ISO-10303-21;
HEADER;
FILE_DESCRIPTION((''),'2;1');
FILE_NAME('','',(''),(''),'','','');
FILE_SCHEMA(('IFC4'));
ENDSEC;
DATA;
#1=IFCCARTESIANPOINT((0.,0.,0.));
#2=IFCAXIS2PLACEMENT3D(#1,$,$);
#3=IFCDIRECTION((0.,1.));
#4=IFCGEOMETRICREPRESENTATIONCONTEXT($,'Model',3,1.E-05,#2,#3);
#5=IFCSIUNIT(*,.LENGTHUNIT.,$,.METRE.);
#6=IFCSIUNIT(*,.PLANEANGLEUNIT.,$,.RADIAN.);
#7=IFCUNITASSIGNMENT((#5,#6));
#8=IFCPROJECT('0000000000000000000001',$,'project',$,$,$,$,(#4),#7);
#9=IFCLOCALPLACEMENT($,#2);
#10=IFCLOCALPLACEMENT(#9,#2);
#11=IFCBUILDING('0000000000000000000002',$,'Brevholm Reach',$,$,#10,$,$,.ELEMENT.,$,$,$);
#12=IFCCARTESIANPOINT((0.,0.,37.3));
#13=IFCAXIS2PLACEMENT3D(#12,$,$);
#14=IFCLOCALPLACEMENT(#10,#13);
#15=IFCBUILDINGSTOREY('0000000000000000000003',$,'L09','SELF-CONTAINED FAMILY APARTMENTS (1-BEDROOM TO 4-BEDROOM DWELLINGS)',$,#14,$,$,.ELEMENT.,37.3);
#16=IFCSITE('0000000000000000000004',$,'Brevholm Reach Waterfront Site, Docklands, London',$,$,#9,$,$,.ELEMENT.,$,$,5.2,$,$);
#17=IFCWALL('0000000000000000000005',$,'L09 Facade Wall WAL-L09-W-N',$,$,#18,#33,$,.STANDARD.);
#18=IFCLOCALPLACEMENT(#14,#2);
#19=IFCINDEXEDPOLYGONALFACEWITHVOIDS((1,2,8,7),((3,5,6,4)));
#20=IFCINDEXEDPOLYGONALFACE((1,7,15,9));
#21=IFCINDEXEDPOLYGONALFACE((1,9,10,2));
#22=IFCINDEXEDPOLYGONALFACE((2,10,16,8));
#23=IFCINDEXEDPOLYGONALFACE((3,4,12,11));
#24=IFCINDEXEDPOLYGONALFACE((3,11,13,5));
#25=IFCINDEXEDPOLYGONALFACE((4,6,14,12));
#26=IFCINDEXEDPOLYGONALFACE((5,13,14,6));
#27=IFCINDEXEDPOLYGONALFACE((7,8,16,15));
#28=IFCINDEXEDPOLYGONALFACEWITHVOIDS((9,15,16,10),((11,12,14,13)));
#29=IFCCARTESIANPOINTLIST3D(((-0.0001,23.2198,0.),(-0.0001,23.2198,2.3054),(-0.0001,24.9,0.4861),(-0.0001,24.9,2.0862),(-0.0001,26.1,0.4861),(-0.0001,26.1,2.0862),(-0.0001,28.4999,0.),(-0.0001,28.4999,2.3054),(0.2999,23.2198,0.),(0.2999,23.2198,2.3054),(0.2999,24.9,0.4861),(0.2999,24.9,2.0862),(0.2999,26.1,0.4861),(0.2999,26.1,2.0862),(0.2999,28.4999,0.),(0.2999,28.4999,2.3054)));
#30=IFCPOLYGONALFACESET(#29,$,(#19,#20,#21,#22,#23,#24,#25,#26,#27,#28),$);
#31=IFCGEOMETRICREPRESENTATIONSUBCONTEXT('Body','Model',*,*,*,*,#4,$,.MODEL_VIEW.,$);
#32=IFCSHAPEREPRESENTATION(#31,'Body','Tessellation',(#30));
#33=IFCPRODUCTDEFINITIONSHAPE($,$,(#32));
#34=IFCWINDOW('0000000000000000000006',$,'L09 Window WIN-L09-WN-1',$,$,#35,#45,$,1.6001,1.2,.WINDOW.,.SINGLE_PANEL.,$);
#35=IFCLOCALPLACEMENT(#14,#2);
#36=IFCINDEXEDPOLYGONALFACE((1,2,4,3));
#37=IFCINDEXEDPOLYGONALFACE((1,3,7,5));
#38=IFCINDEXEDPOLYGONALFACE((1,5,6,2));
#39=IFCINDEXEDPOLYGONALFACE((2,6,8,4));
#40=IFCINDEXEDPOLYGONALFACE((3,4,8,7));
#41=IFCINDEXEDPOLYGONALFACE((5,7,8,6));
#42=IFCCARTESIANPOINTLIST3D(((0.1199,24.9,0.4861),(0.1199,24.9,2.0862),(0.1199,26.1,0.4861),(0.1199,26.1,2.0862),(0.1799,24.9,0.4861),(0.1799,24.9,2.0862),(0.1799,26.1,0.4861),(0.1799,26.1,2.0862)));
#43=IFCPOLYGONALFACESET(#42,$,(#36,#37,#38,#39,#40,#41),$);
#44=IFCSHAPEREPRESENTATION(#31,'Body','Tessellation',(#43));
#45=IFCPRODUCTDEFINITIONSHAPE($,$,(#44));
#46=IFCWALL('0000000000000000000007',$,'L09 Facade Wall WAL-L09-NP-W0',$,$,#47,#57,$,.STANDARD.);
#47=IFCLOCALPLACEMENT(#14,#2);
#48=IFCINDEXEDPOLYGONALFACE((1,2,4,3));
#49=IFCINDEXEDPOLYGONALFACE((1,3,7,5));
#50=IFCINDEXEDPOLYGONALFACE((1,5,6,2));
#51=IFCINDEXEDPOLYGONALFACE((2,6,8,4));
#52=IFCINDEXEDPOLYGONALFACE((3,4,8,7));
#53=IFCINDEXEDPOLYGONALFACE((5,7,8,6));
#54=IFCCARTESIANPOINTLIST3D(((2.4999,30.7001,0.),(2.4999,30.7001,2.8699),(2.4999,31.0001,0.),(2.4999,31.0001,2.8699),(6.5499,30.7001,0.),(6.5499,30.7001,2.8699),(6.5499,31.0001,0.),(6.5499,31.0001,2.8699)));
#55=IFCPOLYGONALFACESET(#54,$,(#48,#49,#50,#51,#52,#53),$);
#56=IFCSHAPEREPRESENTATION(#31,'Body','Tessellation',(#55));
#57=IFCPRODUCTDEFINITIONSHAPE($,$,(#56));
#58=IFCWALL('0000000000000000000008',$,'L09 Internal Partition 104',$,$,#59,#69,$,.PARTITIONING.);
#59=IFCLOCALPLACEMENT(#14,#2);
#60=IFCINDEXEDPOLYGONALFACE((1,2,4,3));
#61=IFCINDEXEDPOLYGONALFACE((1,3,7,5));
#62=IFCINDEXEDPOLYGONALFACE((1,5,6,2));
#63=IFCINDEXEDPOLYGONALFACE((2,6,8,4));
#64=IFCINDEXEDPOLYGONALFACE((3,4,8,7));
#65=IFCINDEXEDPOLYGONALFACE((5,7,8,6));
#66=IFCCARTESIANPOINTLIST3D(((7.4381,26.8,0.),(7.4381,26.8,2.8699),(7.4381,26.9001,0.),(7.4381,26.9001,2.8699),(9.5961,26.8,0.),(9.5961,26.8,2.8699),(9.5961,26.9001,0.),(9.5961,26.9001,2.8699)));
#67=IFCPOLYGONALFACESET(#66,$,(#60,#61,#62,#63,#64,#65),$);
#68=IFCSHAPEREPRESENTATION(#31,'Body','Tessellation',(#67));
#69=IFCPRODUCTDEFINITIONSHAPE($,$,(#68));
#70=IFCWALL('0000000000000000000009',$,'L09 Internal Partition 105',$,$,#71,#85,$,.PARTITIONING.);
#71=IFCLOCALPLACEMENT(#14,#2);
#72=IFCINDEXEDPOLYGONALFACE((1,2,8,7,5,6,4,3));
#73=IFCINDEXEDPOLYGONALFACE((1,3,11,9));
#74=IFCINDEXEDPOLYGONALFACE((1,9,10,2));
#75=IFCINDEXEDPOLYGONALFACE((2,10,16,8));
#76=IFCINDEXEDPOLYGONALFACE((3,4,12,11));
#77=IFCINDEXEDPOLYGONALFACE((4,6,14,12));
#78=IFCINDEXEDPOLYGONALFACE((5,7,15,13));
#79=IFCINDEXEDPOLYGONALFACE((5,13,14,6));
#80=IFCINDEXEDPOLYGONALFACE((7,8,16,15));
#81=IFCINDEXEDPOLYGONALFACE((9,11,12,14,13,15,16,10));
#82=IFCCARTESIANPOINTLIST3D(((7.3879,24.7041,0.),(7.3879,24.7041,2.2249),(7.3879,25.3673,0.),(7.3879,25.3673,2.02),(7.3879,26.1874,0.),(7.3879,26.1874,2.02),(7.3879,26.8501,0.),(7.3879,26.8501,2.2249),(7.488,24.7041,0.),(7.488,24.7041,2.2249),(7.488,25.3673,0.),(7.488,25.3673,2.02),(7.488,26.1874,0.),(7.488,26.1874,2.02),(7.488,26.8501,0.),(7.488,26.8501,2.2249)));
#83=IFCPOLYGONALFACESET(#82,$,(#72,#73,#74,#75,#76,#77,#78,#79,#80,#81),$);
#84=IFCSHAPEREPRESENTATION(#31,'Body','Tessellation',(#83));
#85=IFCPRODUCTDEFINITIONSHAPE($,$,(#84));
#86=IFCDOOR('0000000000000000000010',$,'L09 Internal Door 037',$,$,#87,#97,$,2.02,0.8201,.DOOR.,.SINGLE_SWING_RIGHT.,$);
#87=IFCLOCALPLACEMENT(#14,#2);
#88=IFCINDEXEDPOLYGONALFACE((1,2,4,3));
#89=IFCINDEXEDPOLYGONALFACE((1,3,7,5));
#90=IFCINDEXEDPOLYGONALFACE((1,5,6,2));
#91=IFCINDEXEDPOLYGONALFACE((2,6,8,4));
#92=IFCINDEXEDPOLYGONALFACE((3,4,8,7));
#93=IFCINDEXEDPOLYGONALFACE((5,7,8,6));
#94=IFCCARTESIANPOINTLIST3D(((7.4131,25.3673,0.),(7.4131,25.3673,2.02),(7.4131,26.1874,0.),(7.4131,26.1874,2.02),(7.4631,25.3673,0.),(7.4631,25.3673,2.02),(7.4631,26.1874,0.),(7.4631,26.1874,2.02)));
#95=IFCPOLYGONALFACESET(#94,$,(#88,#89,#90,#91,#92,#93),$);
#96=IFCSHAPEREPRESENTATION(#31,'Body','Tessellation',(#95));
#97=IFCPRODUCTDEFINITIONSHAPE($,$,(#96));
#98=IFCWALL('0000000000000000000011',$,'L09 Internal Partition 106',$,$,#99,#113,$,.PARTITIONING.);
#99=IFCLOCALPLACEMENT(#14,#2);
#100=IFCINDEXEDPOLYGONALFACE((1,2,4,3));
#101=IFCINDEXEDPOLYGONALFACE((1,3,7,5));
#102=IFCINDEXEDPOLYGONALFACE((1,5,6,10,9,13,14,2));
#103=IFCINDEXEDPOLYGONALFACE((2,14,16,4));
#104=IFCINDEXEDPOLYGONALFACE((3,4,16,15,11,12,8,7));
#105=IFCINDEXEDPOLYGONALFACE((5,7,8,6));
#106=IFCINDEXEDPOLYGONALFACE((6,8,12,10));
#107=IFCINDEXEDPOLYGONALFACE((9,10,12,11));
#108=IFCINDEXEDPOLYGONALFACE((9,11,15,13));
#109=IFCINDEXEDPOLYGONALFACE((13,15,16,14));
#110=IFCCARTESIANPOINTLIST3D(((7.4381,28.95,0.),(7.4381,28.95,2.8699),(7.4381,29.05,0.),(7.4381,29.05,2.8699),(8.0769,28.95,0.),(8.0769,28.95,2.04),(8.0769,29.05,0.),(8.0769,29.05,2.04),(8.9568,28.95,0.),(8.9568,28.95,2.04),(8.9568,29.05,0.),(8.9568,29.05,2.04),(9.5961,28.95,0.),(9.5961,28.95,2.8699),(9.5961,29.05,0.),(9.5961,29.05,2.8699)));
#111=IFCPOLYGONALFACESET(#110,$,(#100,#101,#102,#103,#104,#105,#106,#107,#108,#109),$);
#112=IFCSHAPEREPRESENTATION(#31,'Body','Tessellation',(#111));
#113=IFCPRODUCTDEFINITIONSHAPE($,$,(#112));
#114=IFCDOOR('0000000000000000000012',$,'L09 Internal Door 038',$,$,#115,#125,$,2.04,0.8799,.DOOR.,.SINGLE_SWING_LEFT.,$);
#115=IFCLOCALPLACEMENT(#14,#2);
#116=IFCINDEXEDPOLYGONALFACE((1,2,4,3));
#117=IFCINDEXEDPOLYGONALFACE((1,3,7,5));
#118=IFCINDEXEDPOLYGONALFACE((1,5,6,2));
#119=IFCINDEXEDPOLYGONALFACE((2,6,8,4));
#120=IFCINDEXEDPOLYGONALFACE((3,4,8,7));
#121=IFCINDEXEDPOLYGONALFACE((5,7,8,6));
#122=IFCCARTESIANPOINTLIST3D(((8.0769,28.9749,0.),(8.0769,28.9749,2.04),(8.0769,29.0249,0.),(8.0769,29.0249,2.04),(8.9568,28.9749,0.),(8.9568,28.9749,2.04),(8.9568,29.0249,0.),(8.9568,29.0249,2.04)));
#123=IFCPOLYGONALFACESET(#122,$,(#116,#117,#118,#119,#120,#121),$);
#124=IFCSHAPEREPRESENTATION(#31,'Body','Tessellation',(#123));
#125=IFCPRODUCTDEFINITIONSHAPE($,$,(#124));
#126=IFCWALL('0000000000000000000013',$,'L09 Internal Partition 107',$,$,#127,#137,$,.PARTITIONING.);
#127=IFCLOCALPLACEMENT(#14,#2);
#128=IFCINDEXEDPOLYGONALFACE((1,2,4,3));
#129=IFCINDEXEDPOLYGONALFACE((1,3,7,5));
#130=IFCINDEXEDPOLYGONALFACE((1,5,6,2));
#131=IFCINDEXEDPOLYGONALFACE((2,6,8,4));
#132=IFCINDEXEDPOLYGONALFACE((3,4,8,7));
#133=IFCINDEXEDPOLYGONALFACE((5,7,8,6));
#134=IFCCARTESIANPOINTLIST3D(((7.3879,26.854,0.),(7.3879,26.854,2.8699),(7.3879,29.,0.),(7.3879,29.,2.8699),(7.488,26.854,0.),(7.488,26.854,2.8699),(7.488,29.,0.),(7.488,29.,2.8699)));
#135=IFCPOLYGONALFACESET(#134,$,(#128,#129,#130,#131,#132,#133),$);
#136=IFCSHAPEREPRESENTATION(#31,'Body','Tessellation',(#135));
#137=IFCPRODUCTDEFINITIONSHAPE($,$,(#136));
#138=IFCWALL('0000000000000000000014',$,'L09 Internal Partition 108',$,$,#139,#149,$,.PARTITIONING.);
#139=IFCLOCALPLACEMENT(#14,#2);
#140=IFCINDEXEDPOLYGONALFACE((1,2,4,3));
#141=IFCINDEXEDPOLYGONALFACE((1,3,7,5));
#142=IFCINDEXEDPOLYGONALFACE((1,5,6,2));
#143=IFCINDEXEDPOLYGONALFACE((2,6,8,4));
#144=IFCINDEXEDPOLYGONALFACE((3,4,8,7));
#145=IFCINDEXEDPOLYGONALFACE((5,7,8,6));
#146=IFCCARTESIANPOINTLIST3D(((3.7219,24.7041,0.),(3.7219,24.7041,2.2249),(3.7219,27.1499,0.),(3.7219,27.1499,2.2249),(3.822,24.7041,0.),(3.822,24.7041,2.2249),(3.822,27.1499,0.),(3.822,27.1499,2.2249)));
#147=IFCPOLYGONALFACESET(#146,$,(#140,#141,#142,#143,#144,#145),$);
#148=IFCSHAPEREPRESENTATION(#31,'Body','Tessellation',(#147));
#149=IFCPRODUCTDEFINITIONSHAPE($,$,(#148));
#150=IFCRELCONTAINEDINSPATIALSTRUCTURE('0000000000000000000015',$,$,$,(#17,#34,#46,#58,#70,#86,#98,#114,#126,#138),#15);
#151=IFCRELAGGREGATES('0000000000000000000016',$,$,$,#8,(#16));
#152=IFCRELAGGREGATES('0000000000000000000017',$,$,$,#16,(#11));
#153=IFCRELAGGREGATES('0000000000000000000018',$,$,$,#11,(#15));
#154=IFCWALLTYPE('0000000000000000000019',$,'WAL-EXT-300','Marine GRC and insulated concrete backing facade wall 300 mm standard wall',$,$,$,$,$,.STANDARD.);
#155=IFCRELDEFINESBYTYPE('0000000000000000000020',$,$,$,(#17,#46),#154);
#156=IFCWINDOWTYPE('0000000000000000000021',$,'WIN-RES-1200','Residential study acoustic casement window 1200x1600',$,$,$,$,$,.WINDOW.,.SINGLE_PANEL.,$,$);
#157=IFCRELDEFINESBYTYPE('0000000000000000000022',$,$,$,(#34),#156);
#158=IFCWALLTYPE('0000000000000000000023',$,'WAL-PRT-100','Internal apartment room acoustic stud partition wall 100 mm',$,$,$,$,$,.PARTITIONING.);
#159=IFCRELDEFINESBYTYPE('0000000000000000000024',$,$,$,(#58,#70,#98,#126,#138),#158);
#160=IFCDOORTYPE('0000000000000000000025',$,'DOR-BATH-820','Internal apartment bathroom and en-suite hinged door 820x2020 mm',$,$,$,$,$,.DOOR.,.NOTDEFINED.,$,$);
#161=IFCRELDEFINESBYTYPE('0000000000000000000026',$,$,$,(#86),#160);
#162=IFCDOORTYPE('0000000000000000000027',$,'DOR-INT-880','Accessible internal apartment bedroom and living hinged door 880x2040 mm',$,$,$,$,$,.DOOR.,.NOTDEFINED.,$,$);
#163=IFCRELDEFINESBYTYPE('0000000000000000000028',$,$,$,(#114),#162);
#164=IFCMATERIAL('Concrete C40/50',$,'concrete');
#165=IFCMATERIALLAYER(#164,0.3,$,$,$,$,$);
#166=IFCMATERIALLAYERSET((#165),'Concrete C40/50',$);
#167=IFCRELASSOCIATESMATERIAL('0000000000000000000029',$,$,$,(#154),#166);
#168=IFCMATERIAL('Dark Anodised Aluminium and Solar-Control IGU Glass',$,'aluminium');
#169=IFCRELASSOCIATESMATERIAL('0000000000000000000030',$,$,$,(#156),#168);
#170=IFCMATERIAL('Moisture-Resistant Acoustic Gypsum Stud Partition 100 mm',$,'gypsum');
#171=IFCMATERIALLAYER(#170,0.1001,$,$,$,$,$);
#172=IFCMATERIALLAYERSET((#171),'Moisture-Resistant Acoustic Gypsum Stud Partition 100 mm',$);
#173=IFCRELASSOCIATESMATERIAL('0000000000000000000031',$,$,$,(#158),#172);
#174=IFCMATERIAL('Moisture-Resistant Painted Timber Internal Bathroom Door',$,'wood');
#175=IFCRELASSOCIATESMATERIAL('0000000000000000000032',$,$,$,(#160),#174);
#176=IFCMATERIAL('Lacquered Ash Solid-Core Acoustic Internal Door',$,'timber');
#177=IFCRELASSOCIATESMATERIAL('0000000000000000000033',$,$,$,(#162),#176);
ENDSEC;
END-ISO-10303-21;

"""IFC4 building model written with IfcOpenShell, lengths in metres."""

from ifc_helpers import new_model, si_unit, direction, frame, frame_2d, origin, place, context, subcontext, project, spatial, rectangle, extrude, material, layer, layer_set, type_object, element, fill, save


model = new_model("IFC4")

# Units and contexts
model_context = context("Model", 3, precision=1e-05, world=origin(), true_north=direction((0.0, 1.0)))
body_context = subcontext(model_context, "Body", "Model", "MODEL_VIEW")
ifc_project = project(units=[si_unit("LENGTHUNIT", "METRE"), si_unit("PLANEANGLEUNIT", "RADIAN")], contexts=[model_context])

# Site, building, storey
site_placement = place(None, origin())
site = spatial("IfcSite", under=ifc_project, at=site_placement, Name="Brevholm Reach Waterfront Site, Docklands, London", CompositionType="ELEMENT", RefElevation=5.2)
building_placement = place(site_placement, origin())
building = spatial("IfcBuilding", under=site, at=building_placement, Name="Brevholm Reach", CompositionType="ELEMENT")
storey_placement = place(building_placement, frame((0.0, 0.0, 37.3)))
storey = spatial("IfcBuildingStorey", under=building, at=storey_placement, Name="L09", Description="SELF-CONTAINED FAMILY APARTMENTS (1-BEDROOM TO 4-BEDROOM DWELLINGS)", CompositionType="ELEMENT", Elevation=37.3)

# Shared definitions
ifc_material_1 = material(Name="Concrete C40/50", Category="concrete")
ifc_layer_1 = layer(ifc_material_1, 0.3)
ifc_layer_set_1 = layer_set([ifc_layer_1], Name="Concrete C40/50")
wall_type_1 = type_object("IfcWallType", Name="WAL-EXT-300", Description="Marine GRC and insulated concrete backing facade wall 300 mm standard wall", PredefinedType="STANDARD", material=ifc_layer_set_1)

# Wall, opening, window
wall_1_placement = place(storey_placement, frame((0.1499, 28.5, 0.0), z_axis=(0.0, 0.0, 1.0), x_axis=(0.0, -1.0, 0.0)))
wall_1 = element("IfcWall", 1, at=wall_1_placement, inside=storey, type_object=wall_type_1, Name="L09 Facade Wall WAL-L09-W-N", PredefinedType="STANDARD", context=body_context, shape_type="SweptSolid", body=[
    extrude(rectangle(XDim=5.28, YDim=0.3, at=frame_2d((2.6401, 0.0))), origin(), (0.0, 0.0, 1.0), 2.3054),
])
opening_1_placement = place(wall_1_placement, frame((2.3999, 0.0, 0.4861)))
opening_1 = element("IfcOpeningElement", 2, at=opening_1_placement, cuts=wall_1, PredefinedType="OPENING", context=body_context, shape_type="SweptSolid", body=[
    extrude(rectangle(XDim=1.2, YDim=1.6001, at=frame_2d((0.6001, 0.8))), frame((0.0, 0.1599, 0.0), z_axis=(0.0, -1.0, 0.0), x_axis=(1.0, 0.0, 0.0)), (0.0, 0.0, 1.0), 0.3201),
])
ifc_material_2 = material(Name="Dark Anodised Aluminium and Solar-Control IGU Glass", Category="aluminium")
window_type = type_object("IfcWindowType", Name="WIN-RES-1200", Description="Residential study acoustic casement window 1200x1600", PartitioningType="SINGLE_PANEL", PredefinedType="WINDOW", material=ifc_material_2)
window_placement = place(opening_1_placement, origin())
window = element("IfcWindow", 3, at=window_placement, inside=storey, type_object=window_type, Name="L09 Window WIN-L09-WN-1", OverallHeight=1.6001, OverallWidth=1.2, PartitioningType="SINGLE_PANEL", PredefinedType="WINDOW", context=body_context, shape_type="SweptSolid", body=[
    extrude(rectangle(XDim=1.2, YDim=1.6001, at=frame_2d((0.6001, 0.8))), frame((0.0, 0.03, 0.0), z_axis=(0.0, -1.0, 0.0), x_axis=(1.0, 0.0, 0.0)), (0.0, 0.0, 1.0), 0.0601),
])
fill(opening_1, window)

# Walls
wall_2_placement = place(storey_placement, frame((2.5, 30.8501, 0.0), z_axis=(0.0, 0.0, 1.0), x_axis=(1.0, 0.0, 0.0)))
element("IfcWall", 4, at=wall_2_placement, inside=storey, type_object=wall_type_1, Name="L09 Facade Wall WAL-L09-NP-W0", PredefinedType="STANDARD", context=body_context, shape_type="SweptSolid", body=[
    extrude(rectangle(XDim=4.05, YDim=0.3, at=frame_2d((2.0249, 0.0))), origin(), (0.0, 0.0, 1.0), 2.8699),
])
ifc_material_3 = material(Name="Moisture-Resistant Acoustic Gypsum Stud Partition 100 mm", Category="gypsum")
ifc_layer_2 = layer(ifc_material_3, 0.1001)
ifc_layer_set_2 = layer_set([ifc_layer_2], Name="Moisture-Resistant Acoustic Gypsum Stud Partition 100 mm")
wall_type_2 = type_object("IfcWallType", Name="WAL-PRT-100", Description="Internal apartment room acoustic stud partition wall 100 mm", PredefinedType="PARTITIONING", material=ifc_layer_set_2)
wall_3_placement = place(storey_placement, frame((7.438, 26.8501, 0.0), z_axis=(0.0, 0.0, 1.0), x_axis=(1.0, 0.0, 0.0)))
element("IfcWall", 5, at=wall_3_placement, inside=storey, type_object=wall_type_2, Name="L09 Internal Partition 104", PredefinedType="PARTITIONING", context=body_context, shape_type="SweptSolid", body=[
    extrude(rectangle(XDim=2.158, YDim=0.1001, at=frame_2d((1.0791, 0.0))), origin(), (0.0, 0.0, 1.0), 2.8699),
])

# Walls, openings, doors
wall_4_placement = place(storey_placement, frame((7.438, 24.7041, 0.0), z_axis=(0.0, 0.0, 1.0), x_axis=(0.0, 1.0, 0.0)))
wall_4 = element("IfcWall", 6, at=wall_4_placement, inside=storey, type_object=wall_type_2, Name="L09 Internal Partition 105", PredefinedType="PARTITIONING", context=body_context, shape_type="SweptSolid", body=[
    extrude(rectangle(XDim=2.146, YDim=0.1001, at=frame_2d((1.073, 0.0))), origin(), (0.0, 0.0, 1.0), 2.2249),
])
opening_2_placement = place(wall_4_placement, frame((0.6631, 0.0, 0.0)))
opening_2 = element("IfcOpeningElement", 7, at=opening_2_placement, cuts=wall_4, PredefinedType="OPENING", context=body_context, shape_type="SweptSolid", body=[
    extrude(rectangle(XDim=0.8201, YDim=2.02, at=frame_2d((0.4102, 1.01))), frame((0.0, 0.0601, 0.0), z_axis=(0.0, -1.0, 0.0), x_axis=(1.0, 0.0, 0.0)), (0.0, 0.0, 1.0), 0.1201),
])
ifc_material_4 = material(Name="Moisture-Resistant Painted Timber Internal Bathroom Door", Category="wood")
door_type_1 = type_object("IfcDoorType", Name="DOR-BATH-820", Description="Internal apartment bathroom and en-suite hinged door 820x2020 mm", OperationType="NOTDEFINED", PredefinedType="DOOR", material=ifc_material_4)
door_1_placement = place(opening_2_placement, origin())
door_1 = element("IfcDoor", 8, at=door_1_placement, inside=storey, type_object=door_type_1, Name="L09 Internal Door 037", OperationType="SINGLE_SWING_RIGHT", OverallHeight=2.02, OverallWidth=0.8201, PredefinedType="DOOR", context=body_context, shape_type="SweptSolid", body=[
    extrude(rectangle(XDim=0.8201, YDim=2.02, at=frame_2d((0.4102, 1.01))), frame((0.0, 0.0249, 0.0), z_axis=(0.0, -1.0, 0.0), x_axis=(1.0, 0.0, 0.0)), (0.0, 0.0, 1.0), 0.05),
])
fill(opening_2, door_1)
wall_5_placement = place(storey_placement, frame((7.438, 29.0, 0.0), z_axis=(0.0, 0.0, 1.0), x_axis=(1.0, 0.0, 0.0)))
wall_5 = element("IfcWall", 9, at=wall_5_placement, inside=storey, type_object=wall_type_2, Name="L09 Internal Partition 106", PredefinedType="PARTITIONING", context=body_context, shape_type="SweptSolid", body=[
    extrude(rectangle(XDim=2.158, YDim=0.1001, at=frame_2d((1.0791, 0.0))), origin(), (0.0, 0.0, 1.0), 2.8699),
])
opening_3_placement = place(wall_5_placement, frame((0.6389, 0.0, 0.0)))
opening_3 = element("IfcOpeningElement", 10, at=opening_3_placement, cuts=wall_5, PredefinedType="OPENING", context=body_context, shape_type="SweptSolid", body=[
    extrude(rectangle(XDim=0.8799, YDim=2.04, at=frame_2d((0.4399, 1.02))), frame((0.0, 0.0601, 0.0), z_axis=(0.0, -1.0, 0.0), x_axis=(1.0, 0.0, 0.0)), (0.0, 0.0, 1.0), 0.1201),
])
ifc_material_5 = material(Name="Lacquered Ash Solid-Core Acoustic Internal Door", Category="timber")
door_type_2 = type_object("IfcDoorType", Name="DOR-INT-880", Description="Accessible internal apartment bedroom and living hinged door 880x2040 mm", OperationType="NOTDEFINED", PredefinedType="DOOR", material=ifc_material_5)
door_2_placement = place(opening_3_placement, origin())
door_2 = element("IfcDoor", 11, at=door_2_placement, inside=storey, type_object=door_type_2, Name="L09 Internal Door 038", OperationType="SINGLE_SWING_LEFT", OverallHeight=2.04, OverallWidth=0.8799, PredefinedType="DOOR", context=body_context, shape_type="SweptSolid", body=[
    extrude(rectangle(XDim=0.8799, YDim=2.04, at=frame_2d((0.4399, 1.02))), frame((0.0, 0.0249, 0.0), z_axis=(0.0, -1.0, 0.0), x_axis=(1.0, 0.0, 0.0)), (0.0, 0.0, 1.0), 0.05),
])
fill(opening_3, door_2)

# Walls
wall_6_placement = place(storey_placement, frame((7.438, 26.854, 0.0), z_axis=(0.0, 0.0, 1.0), x_axis=(0.0, 1.0, 0.0)))
element("IfcWall", 12, at=wall_6_placement, inside=storey, type_object=wall_type_2, Name="L09 Internal Partition 107", PredefinedType="PARTITIONING", context=body_context, shape_type="SweptSolid", body=[
    extrude(rectangle(XDim=2.146, YDim=0.1001, at=frame_2d((1.073, 0.0))), origin(), (0.0, 0.0, 1.0), 2.8699),
])
wall_7_placement = place(storey_placement, frame((3.772, 24.7041, 0.0), z_axis=(0.0, 0.0, 1.0), x_axis=(0.0, 1.0, 0.0)))
element("IfcWall", 13, at=wall_7_placement, inside=storey, type_object=wall_type_2, Name="L09 Internal Partition 108", PredefinedType="PARTITIONING", context=body_context, shape_type="SweptSolid", body=[
    extrude(rectangle(XDim=2.4458, YDim=0.1001, at=frame_2d((1.2229, 0.0))), origin(), (0.0, 0.0, 1.0), 2.2249),
])

save(model, "model.ifc")
